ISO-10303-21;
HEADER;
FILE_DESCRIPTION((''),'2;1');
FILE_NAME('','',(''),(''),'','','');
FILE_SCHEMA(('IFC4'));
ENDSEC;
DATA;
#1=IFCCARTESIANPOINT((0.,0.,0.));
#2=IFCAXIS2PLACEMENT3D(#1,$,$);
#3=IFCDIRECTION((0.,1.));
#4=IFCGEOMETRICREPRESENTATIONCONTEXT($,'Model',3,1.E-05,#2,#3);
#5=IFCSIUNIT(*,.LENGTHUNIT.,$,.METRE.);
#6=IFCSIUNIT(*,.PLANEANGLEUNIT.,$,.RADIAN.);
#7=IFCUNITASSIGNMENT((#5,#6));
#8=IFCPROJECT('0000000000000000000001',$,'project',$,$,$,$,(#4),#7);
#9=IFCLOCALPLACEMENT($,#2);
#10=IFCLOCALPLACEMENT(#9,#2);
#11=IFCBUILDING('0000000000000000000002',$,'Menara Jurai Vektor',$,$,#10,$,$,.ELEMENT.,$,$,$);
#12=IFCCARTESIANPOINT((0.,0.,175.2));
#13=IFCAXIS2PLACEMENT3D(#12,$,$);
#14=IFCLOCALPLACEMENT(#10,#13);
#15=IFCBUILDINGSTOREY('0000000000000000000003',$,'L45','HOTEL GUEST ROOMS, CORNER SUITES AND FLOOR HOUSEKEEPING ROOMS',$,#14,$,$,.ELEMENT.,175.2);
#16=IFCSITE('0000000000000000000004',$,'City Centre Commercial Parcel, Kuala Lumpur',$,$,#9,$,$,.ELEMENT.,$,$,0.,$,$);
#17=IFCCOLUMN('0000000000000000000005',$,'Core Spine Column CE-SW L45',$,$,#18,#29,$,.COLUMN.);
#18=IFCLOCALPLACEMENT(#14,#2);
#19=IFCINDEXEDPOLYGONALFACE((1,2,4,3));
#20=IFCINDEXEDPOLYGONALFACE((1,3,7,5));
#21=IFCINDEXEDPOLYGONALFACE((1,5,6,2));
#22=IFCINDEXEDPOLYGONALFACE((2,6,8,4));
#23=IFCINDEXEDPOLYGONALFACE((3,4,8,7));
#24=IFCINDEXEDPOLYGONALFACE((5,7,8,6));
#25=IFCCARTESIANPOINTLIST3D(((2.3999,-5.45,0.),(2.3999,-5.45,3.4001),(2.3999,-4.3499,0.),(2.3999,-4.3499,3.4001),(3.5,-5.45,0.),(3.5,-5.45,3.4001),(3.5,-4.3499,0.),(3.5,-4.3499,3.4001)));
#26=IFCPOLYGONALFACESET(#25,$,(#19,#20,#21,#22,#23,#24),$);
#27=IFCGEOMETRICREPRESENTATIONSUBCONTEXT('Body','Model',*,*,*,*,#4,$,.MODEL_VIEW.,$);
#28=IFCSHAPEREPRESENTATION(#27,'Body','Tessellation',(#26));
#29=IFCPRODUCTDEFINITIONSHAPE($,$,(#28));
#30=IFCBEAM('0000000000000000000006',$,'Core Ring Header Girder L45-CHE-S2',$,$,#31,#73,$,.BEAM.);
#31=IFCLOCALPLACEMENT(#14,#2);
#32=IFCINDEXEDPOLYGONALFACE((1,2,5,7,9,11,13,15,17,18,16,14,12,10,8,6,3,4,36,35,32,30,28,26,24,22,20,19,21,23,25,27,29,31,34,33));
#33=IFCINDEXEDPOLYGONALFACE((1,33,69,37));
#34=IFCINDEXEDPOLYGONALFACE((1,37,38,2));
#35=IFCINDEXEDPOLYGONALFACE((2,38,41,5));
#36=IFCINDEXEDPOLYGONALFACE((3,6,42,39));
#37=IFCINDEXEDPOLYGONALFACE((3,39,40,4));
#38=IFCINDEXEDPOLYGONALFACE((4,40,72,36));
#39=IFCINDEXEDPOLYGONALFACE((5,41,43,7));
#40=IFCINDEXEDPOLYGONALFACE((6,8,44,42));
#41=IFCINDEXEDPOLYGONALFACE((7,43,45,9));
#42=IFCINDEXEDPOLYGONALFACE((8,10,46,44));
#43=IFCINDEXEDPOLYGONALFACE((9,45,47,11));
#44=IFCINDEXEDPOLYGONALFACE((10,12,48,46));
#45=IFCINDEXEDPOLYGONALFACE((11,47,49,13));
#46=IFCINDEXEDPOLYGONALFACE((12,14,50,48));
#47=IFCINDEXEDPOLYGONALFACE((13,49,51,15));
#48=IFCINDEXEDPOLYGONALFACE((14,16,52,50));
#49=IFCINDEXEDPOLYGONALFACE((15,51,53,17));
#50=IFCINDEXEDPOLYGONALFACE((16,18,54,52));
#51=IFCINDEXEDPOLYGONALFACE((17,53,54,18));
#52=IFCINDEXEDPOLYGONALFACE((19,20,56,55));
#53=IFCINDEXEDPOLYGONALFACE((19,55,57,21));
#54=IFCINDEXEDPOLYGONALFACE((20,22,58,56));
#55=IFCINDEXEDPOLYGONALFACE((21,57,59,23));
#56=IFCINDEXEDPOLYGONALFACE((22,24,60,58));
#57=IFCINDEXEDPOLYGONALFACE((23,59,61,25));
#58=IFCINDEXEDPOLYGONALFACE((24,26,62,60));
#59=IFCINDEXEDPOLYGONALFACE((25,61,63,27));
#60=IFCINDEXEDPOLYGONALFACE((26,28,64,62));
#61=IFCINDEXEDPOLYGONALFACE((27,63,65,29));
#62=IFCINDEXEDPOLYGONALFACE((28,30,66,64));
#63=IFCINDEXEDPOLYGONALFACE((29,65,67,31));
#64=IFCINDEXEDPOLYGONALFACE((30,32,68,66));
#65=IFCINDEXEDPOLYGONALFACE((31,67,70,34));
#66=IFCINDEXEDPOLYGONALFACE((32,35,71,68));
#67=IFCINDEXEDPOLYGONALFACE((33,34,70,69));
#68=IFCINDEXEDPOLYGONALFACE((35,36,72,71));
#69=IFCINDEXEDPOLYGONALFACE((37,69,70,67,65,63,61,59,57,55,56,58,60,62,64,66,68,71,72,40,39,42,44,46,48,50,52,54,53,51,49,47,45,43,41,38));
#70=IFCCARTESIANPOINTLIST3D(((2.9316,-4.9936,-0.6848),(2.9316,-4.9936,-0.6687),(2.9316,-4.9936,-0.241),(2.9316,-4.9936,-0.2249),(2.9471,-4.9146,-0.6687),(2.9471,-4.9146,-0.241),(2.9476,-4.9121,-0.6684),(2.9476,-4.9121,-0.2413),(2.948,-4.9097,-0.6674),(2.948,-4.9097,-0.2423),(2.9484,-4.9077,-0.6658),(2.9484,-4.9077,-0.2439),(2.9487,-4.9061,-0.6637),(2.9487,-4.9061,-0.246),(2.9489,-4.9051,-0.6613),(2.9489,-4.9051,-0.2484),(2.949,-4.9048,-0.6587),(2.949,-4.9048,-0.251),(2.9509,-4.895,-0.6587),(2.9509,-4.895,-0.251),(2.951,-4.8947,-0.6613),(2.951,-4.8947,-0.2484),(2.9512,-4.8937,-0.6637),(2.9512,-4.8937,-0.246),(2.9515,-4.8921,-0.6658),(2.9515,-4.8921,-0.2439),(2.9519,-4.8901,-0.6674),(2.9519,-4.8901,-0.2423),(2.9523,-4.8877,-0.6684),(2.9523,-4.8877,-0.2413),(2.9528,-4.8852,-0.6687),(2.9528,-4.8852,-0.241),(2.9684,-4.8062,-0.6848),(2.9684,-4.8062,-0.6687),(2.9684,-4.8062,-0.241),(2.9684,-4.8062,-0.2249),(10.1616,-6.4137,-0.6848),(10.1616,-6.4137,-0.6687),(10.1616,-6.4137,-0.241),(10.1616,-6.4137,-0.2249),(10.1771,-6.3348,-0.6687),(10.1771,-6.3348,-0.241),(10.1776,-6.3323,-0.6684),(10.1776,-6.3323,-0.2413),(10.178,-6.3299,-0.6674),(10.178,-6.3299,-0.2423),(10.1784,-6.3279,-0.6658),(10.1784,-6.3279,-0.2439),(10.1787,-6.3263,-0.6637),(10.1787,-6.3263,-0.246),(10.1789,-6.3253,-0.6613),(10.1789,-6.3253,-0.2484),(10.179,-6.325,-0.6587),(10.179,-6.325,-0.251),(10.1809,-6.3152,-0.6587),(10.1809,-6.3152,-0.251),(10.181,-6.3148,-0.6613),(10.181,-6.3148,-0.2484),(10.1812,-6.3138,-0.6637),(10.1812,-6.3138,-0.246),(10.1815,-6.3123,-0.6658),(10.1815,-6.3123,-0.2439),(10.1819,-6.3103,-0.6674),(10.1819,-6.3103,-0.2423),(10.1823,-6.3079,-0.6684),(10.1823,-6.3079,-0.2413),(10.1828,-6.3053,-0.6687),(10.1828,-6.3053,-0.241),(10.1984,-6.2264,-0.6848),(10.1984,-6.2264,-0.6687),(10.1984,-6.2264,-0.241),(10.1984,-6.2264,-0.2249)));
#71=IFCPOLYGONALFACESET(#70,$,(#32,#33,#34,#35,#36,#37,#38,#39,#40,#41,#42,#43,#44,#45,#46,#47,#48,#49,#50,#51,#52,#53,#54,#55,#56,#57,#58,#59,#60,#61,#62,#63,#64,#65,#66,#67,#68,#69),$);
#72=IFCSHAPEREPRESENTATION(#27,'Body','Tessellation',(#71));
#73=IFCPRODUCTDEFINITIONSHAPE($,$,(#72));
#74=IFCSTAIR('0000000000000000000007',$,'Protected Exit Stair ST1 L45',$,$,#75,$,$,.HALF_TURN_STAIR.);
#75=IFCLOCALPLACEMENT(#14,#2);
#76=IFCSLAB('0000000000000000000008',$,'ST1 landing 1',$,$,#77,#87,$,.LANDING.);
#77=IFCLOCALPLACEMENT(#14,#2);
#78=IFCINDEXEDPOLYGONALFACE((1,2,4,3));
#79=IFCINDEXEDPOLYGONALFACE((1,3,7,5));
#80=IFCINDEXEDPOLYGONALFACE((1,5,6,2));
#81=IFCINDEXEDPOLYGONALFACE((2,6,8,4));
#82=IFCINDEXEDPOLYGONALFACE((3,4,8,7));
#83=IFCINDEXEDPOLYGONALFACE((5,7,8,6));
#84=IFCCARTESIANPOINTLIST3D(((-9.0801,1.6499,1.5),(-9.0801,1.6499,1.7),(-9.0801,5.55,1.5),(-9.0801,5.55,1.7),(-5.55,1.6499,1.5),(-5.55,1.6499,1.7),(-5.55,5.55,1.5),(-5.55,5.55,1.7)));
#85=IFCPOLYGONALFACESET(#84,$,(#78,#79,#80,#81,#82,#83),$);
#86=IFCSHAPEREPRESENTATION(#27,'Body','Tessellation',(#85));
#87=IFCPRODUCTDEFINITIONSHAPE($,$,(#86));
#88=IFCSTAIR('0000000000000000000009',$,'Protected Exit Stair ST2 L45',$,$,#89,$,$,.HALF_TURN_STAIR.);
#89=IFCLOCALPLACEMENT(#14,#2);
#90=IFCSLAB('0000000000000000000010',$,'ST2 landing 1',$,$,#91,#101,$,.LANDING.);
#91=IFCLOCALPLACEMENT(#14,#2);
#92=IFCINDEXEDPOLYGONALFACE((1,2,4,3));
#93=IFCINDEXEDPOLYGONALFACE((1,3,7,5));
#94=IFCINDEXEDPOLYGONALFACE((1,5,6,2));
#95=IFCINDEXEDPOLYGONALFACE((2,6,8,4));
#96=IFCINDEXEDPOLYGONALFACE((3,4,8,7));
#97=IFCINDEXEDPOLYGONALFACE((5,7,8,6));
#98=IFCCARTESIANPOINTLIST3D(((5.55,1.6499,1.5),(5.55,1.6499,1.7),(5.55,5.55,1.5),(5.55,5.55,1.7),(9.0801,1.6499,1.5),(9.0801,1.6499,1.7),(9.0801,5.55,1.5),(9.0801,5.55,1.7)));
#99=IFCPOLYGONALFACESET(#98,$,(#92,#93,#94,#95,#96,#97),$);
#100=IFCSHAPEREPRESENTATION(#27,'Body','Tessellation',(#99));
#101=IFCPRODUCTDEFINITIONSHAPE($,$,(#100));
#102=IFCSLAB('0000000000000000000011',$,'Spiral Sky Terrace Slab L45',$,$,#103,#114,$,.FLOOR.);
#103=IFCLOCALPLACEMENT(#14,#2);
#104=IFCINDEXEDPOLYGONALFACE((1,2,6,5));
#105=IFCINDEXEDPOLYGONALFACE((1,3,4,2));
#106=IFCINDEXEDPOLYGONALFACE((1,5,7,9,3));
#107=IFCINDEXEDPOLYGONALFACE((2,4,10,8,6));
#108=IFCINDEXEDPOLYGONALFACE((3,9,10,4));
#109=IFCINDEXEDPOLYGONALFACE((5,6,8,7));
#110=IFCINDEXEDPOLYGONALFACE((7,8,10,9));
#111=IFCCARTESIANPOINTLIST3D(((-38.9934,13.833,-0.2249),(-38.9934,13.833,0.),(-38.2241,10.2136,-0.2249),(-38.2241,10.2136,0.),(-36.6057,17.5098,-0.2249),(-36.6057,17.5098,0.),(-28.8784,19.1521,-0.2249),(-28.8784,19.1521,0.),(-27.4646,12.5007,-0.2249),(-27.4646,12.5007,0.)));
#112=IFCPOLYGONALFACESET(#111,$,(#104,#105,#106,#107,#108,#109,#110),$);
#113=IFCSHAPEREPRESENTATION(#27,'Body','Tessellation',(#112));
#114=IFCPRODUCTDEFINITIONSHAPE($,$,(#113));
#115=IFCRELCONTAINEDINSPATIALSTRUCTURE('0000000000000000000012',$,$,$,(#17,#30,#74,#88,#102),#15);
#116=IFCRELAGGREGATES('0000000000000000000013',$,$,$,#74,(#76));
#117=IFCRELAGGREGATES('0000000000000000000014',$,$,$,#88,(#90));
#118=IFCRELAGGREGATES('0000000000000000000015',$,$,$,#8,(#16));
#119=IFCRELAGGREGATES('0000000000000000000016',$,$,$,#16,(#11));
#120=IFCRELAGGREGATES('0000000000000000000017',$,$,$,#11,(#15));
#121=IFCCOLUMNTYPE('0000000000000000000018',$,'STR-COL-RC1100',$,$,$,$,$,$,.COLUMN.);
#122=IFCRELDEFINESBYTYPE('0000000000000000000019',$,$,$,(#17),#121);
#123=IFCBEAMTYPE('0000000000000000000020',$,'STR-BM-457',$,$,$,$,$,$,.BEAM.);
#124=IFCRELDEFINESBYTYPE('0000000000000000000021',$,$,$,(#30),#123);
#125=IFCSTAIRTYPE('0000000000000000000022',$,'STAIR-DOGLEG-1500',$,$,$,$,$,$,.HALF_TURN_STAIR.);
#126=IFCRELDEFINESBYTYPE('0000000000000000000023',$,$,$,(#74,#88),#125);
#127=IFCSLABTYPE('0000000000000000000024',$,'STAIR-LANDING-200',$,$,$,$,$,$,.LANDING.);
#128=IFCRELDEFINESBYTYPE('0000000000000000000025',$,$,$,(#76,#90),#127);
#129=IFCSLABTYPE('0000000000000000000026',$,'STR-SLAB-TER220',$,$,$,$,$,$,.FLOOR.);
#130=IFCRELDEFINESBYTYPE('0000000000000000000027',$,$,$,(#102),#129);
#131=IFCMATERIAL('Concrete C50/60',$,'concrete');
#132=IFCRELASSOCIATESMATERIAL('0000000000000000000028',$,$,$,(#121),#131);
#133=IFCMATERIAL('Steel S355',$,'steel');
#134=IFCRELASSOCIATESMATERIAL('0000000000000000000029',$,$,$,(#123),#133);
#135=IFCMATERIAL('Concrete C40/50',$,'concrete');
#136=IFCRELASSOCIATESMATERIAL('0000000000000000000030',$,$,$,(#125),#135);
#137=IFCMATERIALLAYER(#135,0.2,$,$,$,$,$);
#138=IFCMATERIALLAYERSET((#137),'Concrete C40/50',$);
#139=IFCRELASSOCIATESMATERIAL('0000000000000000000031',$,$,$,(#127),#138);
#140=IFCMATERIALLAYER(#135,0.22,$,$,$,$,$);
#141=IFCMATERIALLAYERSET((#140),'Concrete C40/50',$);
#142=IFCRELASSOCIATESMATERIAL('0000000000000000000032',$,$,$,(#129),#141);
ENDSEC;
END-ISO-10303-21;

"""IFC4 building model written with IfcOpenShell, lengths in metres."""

from ifc_helpers import new_model, si_unit, direction, frame, origin, origin_2d, place, context, subcontext, project, spatial, polyline, rectangle, i_section, outline, extrude, material, layer, layer_set, material_profile, profile_set, type_object, element, aggregate, save


model = new_model("IFC4")

# Units and contexts
model_context = context("Model", 3, precision=1e-05, world=origin(), true_north=direction((0.0, 1.0)))
body_context = subcontext(model_context, "Body", "Model", "MODEL_VIEW")
ifc_project = project(units=[si_unit("LENGTHUNIT", "METRE"), si_unit("PLANEANGLEUNIT", "RADIAN")], contexts=[model_context])

# Site, building, storey
site_placement = place(None, origin())
site = spatial("IfcSite", under=ifc_project, at=site_placement, Name="City Centre Commercial Parcel, Kuala Lumpur", CompositionType="ELEMENT", RefElevation=0.0)
building_placement = place(site_placement, origin())
building = spatial("IfcBuilding", under=site, at=building_placement, Name="Menara Jurai Vektor", CompositionType="ELEMENT")
storey_placement = place(building_placement, frame((0.0, 0.0, 175.2)))
storey = spatial("IfcBuildingStorey", under=building, at=storey_placement, Name="L45", Description="HOTEL GUEST ROOMS, CORNER SUITES AND FLOOR HOUSEKEEPING ROOMS", CompositionType="ELEMENT", Elevation=175.2)

# Column
ifc_material_1 = material(Name="Concrete C50/60", Category="concrete")
ifc_material_profile_1 = material_profile(ifc_material_1, rectangle(XDim=1.1001, YDim=1.1001, at=origin_2d()), Name="RC 1100x1100")
ifc_profile_set_1 = profile_set([ifc_material_profile_1], Name="Concrete C50/60")
column_type = type_object("IfcColumnType", Name="STR-COL-RC1100", PredefinedType="COLUMN", material=ifc_profile_set_1)
column_placement = place(storey_placement, frame((2.95, -4.8999, 0.0), z_axis=(0.0, 0.0, 1.0), x_axis=(1.0, 0.0, 0.0)))
element("IfcColumn", 1, at=column_placement, inside=storey, type_object=column_type, Name="Core Spine Column CE-SW L45", PredefinedType="COLUMN", context=body_context, shape_type="SweptSolid", body=[
    extrude(rectangle(XDim=1.1001, YDim=1.1001, at=origin_2d()), origin(), (0.0, 0.0, 1.0), 3.4001),
])

# Beam
ifc_material_2 = material(Name="Steel S355", Category="steel")
ifc_material_profile_2 = material_profile(ifc_material_2, i_section(OverallWidth=0.1909, OverallDepth=0.46, WebThickness=0.01, FlangeThickness=0.0161, FilletRadius=0.01, at=origin_2d()), Name="UKB 457x191x82")
ifc_profile_set_2 = profile_set([ifc_material_profile_2], Name="Steel S355")
beam_type = type_object("IfcBeamType", Name="STR-BM-457", PredefinedType="BEAM", material=ifc_profile_set_2)
beam_placement = place(storey_placement, frame((2.95, -4.8999, -0.4548), z_axis=(0.981249, -0.192744, 0.0), x_axis=(0.192744, 0.981249, 0.0)))
element("IfcBeam", 2, at=beam_placement, inside=storey, type_object=beam_type, Name="Core Ring Header Girder L45-CHE-S2", PredefinedType="BEAM", context=body_context, shape_type="SweptSolid", body=[
    extrude(i_section(OverallWidth=0.1909, OverallDepth=0.46, WebThickness=0.01, FlangeThickness=0.0161, FilletRadius=0.01, at=origin_2d()), origin(), (0.0, 0.0, 1.0), 7.3682),
])

# Stairs, slabs
ifc_material_3 = material(Name="Concrete C40/50", Category="concrete")
stair_type = type_object("IfcStairType", Name="STAIR-DOGLEG-1500", PredefinedType="HALF_TURN_STAIR", material=ifc_material_3)
stair_1_placement = place(storey_placement, origin())
stair_1 = element("IfcStair", 3, at=stair_1_placement, inside=storey, type_object=stair_type, Name="Protected Exit Stair ST1 L45", PredefinedType="HALF_TURN_STAIR")
ifc_layer_1 = layer(ifc_material_3, 0.2)
ifc_layer_set_1 = layer_set([ifc_layer_1], Name="Concrete C40/50")
slab_type_1 = type_object("IfcSlabType", Name="STAIR-LANDING-200", PredefinedType="LANDING", material=ifc_layer_set_1)
slab_1_placement = place(storey_placement, frame((0.0, 0.0, 1.5)))
slab_1 = element("IfcSlab", 4, at=slab_1_placement, type_object=slab_type_1, Name="ST1 landing 1", PredefinedType="LANDING", context=body_context, shape_type="SweptSolid", body=[
    extrude(outline(polyline([(-9.0801, 1.6499), (-5.55, 1.6499), (-5.55, 5.55), (-9.0801, 5.55), (-9.0801, 1.6499)])), origin(), (0.0, 0.0, 1.0), 0.2),
])
aggregate(stair_1, [slab_1])
stair_2_placement = place(storey_placement, origin())
stair_2 = element("IfcStair", 5, at=stair_2_placement, inside=storey, type_object=stair_type, Name="Protected Exit Stair ST2 L45", PredefinedType="HALF_TURN_STAIR")
slab_2_placement = place(storey_placement, frame((0.0, 0.0, 1.5)))
slab_2 = element("IfcSlab", 6, at=slab_2_placement, type_object=slab_type_1, Name="ST2 landing 1", PredefinedType="LANDING", context=body_context, shape_type="SweptSolid", body=[
    extrude(outline(polyline([(5.55, 1.6499), (9.0801, 1.6499), (9.0801, 5.55), (5.55, 5.55), (5.55, 1.6499)])), origin(), (0.0, 0.0, 1.0), 0.2),
])
aggregate(stair_2, [slab_2])

# Slab
ifc_layer_2 = layer(ifc_material_3, 0.22)
ifc_layer_set_2 = layer_set([ifc_layer_2], Name="Concrete C40/50")
slab_type_2 = type_object("IfcSlabType", Name="STR-SLAB-TER220", PredefinedType="FLOOR", material=ifc_layer_set_2)
slab_3_placement = place(storey_placement, frame((0.0, 0.0, -0.2249)))
element("IfcSlab", 7, at=slab_3_placement, inside=storey, type_object=slab_type_2, Name="Spiral Sky Terrace Slab L45", PredefinedType="FLOOR", context=body_context, shape_type="SweptSolid", body=[
    extrude(outline(polyline([(-38.2241, 10.2136), (-27.4646, 12.5007), (-28.8784, 19.1521), (-36.6057, 17.5098), (-38.9934, 13.833), (-38.2241, 10.2136)])), origin(), (0.0, 0.0, 1.0), 0.2249),
])

save(model, "model.ifc")
